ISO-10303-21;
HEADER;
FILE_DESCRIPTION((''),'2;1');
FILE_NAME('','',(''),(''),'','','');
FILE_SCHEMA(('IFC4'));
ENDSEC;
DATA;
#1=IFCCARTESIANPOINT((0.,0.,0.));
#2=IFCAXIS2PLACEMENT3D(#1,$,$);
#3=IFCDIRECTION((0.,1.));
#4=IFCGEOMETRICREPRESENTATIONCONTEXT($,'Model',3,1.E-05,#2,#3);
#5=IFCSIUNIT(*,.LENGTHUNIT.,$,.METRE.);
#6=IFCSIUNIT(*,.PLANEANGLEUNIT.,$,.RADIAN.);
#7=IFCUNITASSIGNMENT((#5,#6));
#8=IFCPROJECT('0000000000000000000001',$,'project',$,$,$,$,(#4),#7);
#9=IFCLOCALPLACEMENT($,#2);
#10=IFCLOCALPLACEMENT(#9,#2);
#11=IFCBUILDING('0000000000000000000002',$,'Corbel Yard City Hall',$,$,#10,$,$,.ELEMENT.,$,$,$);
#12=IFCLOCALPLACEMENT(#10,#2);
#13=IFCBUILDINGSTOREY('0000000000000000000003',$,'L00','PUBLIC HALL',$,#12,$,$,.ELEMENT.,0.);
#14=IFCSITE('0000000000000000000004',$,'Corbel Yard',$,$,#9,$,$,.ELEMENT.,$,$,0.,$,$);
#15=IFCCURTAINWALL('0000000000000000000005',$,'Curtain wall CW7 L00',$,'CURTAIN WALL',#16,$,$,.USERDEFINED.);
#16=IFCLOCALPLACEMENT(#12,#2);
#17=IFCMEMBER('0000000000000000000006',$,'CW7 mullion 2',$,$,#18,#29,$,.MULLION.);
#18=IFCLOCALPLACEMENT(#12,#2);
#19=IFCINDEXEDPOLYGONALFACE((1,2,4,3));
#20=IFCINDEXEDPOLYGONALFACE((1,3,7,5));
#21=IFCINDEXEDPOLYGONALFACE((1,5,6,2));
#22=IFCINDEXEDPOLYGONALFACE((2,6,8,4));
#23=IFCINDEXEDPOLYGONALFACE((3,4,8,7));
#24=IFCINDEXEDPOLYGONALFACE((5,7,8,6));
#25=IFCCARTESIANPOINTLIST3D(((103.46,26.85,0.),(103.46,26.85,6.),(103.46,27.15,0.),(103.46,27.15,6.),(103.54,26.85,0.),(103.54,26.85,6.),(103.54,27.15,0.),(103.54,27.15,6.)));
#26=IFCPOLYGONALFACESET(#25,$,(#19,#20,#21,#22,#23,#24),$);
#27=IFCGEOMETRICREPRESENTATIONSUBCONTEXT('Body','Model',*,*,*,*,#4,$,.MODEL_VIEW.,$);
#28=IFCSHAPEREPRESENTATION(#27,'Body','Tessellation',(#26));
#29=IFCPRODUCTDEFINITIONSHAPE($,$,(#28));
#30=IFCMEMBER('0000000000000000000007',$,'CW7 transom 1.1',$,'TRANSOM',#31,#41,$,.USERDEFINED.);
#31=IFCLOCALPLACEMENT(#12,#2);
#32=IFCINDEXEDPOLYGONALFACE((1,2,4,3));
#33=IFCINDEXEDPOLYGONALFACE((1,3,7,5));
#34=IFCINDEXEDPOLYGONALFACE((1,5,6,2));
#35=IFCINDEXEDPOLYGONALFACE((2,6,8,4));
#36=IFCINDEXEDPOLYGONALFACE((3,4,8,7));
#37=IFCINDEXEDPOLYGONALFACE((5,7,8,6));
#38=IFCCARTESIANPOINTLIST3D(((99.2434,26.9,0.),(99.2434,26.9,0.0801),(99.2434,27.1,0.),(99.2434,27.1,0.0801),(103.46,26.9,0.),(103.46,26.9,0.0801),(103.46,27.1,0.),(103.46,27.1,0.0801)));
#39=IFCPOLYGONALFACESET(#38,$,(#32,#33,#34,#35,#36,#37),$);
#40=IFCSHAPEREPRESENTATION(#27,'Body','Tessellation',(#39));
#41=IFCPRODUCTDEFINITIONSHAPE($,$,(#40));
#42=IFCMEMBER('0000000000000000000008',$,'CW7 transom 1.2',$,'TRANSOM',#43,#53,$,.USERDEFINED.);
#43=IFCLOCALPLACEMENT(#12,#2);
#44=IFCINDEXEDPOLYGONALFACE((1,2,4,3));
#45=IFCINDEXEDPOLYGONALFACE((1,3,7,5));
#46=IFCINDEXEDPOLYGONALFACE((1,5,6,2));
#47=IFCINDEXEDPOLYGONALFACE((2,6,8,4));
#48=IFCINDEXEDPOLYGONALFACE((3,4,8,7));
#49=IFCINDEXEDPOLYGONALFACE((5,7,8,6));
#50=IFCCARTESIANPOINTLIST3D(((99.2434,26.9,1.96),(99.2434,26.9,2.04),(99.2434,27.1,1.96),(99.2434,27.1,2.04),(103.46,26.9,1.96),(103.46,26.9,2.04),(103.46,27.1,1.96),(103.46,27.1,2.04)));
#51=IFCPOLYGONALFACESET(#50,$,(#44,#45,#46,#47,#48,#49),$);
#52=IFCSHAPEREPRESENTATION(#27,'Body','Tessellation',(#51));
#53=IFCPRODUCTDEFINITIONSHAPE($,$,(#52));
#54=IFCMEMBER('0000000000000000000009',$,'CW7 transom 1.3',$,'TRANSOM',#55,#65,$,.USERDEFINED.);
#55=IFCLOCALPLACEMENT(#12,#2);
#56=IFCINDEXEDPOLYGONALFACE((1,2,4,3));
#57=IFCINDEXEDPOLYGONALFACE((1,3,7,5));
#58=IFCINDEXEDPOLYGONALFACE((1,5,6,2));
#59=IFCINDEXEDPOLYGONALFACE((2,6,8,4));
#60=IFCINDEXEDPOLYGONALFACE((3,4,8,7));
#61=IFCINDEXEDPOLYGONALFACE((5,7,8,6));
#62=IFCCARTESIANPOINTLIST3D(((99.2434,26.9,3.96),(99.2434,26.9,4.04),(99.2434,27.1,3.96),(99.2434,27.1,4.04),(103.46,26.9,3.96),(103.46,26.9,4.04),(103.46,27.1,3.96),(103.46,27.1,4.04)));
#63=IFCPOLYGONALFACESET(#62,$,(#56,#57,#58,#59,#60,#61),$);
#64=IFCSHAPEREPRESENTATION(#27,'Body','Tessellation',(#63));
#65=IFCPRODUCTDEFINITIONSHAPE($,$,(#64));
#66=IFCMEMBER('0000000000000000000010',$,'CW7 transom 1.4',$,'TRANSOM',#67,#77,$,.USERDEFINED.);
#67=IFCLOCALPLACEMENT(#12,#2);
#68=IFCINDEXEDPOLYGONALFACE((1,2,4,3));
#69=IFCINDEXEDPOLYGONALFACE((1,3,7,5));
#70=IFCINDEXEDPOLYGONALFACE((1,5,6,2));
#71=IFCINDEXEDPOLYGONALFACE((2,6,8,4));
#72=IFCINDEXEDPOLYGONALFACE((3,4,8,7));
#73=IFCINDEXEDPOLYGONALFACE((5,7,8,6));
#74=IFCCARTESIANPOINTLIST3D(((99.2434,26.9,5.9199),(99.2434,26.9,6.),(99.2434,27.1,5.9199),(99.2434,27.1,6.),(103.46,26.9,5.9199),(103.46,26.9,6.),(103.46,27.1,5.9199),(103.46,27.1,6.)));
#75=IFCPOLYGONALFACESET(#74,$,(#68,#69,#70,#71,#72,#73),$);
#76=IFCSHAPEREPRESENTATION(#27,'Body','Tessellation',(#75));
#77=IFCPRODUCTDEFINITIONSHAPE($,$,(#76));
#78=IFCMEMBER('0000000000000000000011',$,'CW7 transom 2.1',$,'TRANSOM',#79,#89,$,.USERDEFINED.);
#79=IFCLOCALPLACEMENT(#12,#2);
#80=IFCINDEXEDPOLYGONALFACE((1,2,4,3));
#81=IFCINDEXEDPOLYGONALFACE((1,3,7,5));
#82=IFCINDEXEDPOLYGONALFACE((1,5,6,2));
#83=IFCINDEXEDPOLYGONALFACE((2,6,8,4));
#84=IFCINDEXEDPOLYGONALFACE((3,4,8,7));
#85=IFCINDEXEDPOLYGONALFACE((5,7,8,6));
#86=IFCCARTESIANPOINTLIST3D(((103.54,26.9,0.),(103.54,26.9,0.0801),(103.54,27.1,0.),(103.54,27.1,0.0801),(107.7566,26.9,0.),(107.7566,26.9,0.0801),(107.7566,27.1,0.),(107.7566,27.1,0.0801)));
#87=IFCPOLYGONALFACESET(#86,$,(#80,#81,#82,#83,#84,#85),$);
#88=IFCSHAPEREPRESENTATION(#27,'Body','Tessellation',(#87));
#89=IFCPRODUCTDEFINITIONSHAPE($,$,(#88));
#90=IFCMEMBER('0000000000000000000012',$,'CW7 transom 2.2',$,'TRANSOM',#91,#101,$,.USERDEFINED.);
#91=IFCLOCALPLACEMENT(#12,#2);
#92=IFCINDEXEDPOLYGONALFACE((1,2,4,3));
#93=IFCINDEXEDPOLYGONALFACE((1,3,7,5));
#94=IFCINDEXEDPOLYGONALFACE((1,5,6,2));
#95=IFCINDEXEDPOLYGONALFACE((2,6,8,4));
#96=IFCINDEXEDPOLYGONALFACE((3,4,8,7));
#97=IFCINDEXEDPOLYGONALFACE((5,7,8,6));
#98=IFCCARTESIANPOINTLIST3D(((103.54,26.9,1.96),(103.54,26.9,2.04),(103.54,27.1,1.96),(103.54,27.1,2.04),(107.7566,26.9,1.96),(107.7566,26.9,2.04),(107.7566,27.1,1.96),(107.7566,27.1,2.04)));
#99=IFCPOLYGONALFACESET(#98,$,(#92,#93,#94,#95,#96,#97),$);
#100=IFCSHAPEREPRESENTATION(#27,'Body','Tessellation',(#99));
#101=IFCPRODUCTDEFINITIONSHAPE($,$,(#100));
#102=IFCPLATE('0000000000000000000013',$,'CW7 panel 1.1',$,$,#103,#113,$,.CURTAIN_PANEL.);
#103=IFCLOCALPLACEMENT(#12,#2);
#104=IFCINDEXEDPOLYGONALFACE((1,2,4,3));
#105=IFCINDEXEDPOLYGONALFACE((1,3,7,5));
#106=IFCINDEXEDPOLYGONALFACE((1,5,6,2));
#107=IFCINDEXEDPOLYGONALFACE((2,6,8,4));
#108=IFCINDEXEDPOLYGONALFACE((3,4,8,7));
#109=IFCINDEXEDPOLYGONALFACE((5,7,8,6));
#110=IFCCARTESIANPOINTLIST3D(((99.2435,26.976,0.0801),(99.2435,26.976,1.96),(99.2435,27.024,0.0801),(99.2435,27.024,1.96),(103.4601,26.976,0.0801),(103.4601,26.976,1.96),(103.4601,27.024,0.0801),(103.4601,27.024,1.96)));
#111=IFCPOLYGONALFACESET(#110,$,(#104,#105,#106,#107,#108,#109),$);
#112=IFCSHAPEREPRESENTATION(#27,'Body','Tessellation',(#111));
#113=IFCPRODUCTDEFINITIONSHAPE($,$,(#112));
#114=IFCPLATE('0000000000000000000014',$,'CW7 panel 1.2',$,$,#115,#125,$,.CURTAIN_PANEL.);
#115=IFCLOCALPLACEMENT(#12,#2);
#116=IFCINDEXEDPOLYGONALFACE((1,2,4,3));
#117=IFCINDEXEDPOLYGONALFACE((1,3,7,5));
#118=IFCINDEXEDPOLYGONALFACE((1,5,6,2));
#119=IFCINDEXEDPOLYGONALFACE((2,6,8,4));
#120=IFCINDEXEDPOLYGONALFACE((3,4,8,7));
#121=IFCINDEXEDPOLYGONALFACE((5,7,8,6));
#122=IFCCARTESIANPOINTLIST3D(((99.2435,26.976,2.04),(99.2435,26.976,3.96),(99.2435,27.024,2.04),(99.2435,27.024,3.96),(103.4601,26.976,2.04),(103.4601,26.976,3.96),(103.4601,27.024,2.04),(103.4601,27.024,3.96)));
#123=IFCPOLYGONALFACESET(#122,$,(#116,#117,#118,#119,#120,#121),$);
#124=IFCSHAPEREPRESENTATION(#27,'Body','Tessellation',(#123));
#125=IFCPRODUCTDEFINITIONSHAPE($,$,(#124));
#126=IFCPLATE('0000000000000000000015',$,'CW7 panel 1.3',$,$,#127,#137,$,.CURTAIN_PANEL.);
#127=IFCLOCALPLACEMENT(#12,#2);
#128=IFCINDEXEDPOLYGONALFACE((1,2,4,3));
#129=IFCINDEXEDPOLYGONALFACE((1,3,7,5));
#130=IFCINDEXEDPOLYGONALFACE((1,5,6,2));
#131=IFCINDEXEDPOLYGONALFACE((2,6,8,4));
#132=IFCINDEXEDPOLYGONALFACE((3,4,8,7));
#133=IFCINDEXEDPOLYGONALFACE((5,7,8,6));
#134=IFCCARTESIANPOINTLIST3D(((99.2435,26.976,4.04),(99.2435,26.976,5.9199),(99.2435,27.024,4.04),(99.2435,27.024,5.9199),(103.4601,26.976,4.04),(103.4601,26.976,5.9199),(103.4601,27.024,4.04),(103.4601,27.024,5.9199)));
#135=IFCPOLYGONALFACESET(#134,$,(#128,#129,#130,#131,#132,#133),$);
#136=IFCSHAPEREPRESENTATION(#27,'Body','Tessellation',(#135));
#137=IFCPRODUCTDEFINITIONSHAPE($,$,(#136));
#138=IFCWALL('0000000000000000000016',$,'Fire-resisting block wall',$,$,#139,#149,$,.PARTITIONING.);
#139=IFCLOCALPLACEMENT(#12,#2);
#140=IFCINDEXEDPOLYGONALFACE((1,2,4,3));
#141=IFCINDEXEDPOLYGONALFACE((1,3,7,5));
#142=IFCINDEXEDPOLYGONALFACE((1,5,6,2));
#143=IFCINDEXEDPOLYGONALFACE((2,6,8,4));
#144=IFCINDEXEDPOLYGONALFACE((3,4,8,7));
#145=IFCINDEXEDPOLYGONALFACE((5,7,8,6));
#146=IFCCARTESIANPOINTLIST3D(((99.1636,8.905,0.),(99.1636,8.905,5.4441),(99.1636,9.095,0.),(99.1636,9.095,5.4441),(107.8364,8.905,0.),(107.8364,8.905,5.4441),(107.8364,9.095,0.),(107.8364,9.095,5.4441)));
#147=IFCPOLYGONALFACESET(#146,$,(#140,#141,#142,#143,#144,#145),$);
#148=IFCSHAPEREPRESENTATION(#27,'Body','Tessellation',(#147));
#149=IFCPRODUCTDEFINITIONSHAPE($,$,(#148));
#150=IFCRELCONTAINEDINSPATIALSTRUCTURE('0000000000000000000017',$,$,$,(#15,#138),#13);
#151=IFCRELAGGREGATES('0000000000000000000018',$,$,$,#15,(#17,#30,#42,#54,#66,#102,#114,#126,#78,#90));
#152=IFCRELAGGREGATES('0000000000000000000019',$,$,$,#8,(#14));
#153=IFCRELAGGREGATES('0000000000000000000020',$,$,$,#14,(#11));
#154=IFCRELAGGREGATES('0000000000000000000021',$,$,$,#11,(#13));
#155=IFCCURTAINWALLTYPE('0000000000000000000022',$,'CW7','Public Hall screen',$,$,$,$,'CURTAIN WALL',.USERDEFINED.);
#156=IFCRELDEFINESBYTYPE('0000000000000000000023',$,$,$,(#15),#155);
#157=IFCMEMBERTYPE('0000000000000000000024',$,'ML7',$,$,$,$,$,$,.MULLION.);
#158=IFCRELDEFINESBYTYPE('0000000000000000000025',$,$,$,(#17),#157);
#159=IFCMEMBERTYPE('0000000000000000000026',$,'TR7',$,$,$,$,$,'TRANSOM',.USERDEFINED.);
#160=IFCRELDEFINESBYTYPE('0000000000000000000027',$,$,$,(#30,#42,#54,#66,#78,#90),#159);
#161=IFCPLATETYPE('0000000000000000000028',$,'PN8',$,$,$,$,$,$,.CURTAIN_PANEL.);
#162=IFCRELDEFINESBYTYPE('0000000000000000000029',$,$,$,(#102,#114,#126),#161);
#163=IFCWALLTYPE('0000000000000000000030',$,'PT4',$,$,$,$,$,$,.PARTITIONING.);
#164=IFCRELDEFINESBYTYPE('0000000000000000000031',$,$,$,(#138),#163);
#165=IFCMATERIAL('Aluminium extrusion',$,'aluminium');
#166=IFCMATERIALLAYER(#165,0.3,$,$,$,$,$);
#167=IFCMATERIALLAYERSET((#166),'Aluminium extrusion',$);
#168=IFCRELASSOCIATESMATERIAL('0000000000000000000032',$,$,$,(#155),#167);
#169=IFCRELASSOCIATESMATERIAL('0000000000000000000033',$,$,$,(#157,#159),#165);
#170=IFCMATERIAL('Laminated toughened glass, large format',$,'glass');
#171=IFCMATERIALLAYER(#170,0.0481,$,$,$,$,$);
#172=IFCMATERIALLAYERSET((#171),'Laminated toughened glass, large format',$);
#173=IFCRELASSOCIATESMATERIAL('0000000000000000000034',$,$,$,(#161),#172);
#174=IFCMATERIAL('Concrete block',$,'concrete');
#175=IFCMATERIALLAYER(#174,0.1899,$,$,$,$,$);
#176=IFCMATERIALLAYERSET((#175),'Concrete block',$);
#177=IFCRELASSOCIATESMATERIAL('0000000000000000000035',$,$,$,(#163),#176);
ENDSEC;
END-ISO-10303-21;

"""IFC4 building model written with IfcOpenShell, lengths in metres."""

from ifc_helpers import new_model, si_unit, direction, frame, frame_2d, origin, origin_2d, place, context, subcontext, project, spatial, rectangle, extrude, material, layer, layer_set, material_profile, profile_set, type_object, element, aggregate, save


model = new_model("IFC4")

# Units and contexts
model_context = context("Model", 3, precision=1e-05, world=origin(), true_north=direction((0.0, 1.0)))
body_context = subcontext(model_context, "Body", "Model", "MODEL_VIEW")
ifc_project = project(units=[si_unit("LENGTHUNIT", "METRE"), si_unit("PLANEANGLEUNIT", "RADIAN")], contexts=[model_context])

# Site, building, storey
site_placement = place(None, origin())
site = spatial("IfcSite", under=ifc_project, at=site_placement, Name="Corbel Yard", CompositionType="ELEMENT", RefElevation=0.0)
building_placement = place(site_placement, origin())
building = spatial("IfcBuilding", under=site, at=building_placement, Name="Corbel Yard City Hall", CompositionType="ELEMENT")
storey_placement = place(building_placement, origin())
storey = spatial("IfcBuildingStorey", under=building, at=storey_placement, Name="L00", Description="PUBLIC HALL", CompositionType="ELEMENT", Elevation=0.0)

# Curtain wall, members, plates
ifc_material_1 = material(Name="Aluminium extrusion", Category="aluminium")
ifc_layer_1 = layer(ifc_material_1, 0.3)
ifc_layer_set_1 = layer_set([ifc_layer_1], Name="Aluminium extrusion")
curtain_wall_type = type_object("IfcCurtainWallType", Name="CW7", Description="Public Hall screen", ElementType="CURTAIN WALL", PredefinedType="USERDEFINED", material=ifc_layer_set_1)
curtain_wall_placement = place(storey_placement, origin())
curtain_wall = element("IfcCurtainWall", 1, at=curtain_wall_placement, inside=storey, type_object=curtain_wall_type, Name="Curtain wall CW7 L00", ObjectType="CURTAIN WALL", PredefinedType="USERDEFINED")
ifc_material_profile_1 = material_profile(ifc_material_1, rectangle(XDim=0.3, YDim=0.0801, at=origin_2d()), Name="300x80")
ifc_profile_set_1 = profile_set([ifc_material_profile_1], Name="Aluminium extrusion")
member_type_1 = type_object("IfcMemberType", Name="ML7", PredefinedType="MULLION", material=ifc_profile_set_1)
member_1_placement = place(storey_placement, frame((103.5, 27.0, 0.0), z_axis=(0.0, 0.0, 1.0), x_axis=(0.0, 1.0, 0.0)))
member_1 = element("IfcMember", 2, at=member_1_placement, type_object=member_type_1, Name="CW7 mullion 2", PredefinedType="MULLION", context=body_context, shape_type="SweptSolid", body=[
    extrude(rectangle(XDim=0.3, YDim=0.0801, at=origin_2d()), origin(), (0.0, 0.0, 1.0), 6.0),
])
ifc_material_profile_2 = material_profile(ifc_material_1, rectangle(XDim=0.2, YDim=0.0801, at=origin_2d()), Name="200x80")
ifc_profile_set_2 = profile_set([ifc_material_profile_2], Name="Aluminium extrusion")
member_type_2 = type_object("IfcMemberType", Name="TR7", ElementType="TRANSOM", PredefinedType="USERDEFINED", material=ifc_profile_set_2)
member_2_placement = place(storey_placement, frame((99.2434, 27.0, 0.04), z_axis=(1.0, 0.0, 0.0), x_axis=(0.0, 1.0, 0.0)))
member_2 = element("IfcMember", 3, at=member_2_placement, type_object=member_type_2, Name="CW7 transom 1.1", ObjectType="TRANSOM", PredefinedType="USERDEFINED", context=body_context, shape_type="SweptSolid", body=[
    extrude(rectangle(XDim=0.2, YDim=0.0801, at=origin_2d()), origin(), (0.0, 0.0, 1.0), 4.2166),
])
member_3_placement = place(storey_placement, frame((99.2434, 27.0, 2.0), z_axis=(1.0, 0.0, 0.0), x_axis=(0.0, 1.0, 0.0)))
member_3 = element("IfcMember", 4, at=member_3_placement, type_object=member_type_2, Name="CW7 transom 1.2", ObjectType="TRANSOM", PredefinedType="USERDEFINED", context=body_context, shape_type="SweptSolid", body=[
    extrude(rectangle(XDim=0.2, YDim=0.0801, at=origin_2d()), origin(), (0.0, 0.0, 1.0), 4.2166),
])
member_4_placement = place(storey_placement, frame((99.2434, 27.0, 4.0), z_axis=(1.0, 0.0, 0.0), x_axis=(0.0, 1.0, 0.0)))
member_4 = element("IfcMember", 5, at=member_4_placement, type_object=member_type_2, Name="CW7 transom 1.3", ObjectType="TRANSOM", PredefinedType="USERDEFINED", context=body_context, shape_type="SweptSolid", body=[
    extrude(rectangle(XDim=0.2, YDim=0.0801, at=origin_2d()), origin(), (0.0, 0.0, 1.0), 4.2166),
])
member_5_placement = place(storey_placement, frame((99.2434, 27.0, 5.96), z_axis=(1.0, 0.0, 0.0), x_axis=(0.0, 1.0, 0.0)))
member_5 = element("IfcMember", 6, at=member_5_placement, type_object=member_type_2, Name="CW7 transom 1.4", ObjectType="TRANSOM", PredefinedType="USERDEFINED", context=body_context, shape_type="SweptSolid", body=[
    extrude(rectangle(XDim=0.2, YDim=0.0801, at=origin_2d()), origin(), (0.0, 0.0, 1.0), 4.2166),
])
member_6_placement = place(storey_placement, frame((103.54, 27.0, 0.04), z_axis=(1.0, 0.0, 0.0), x_axis=(0.0, 1.0, 0.0)))
member_6 = element("IfcMember", 7, at=member_6_placement, type_object=member_type_2, Name="CW7 transom 2.1", ObjectType="TRANSOM", PredefinedType="USERDEFINED", context=body_context, shape_type="SweptSolid", body=[
    extrude(rectangle(XDim=0.2, YDim=0.0801, at=origin_2d()), origin(), (0.0, 0.0, 1.0), 4.2166),
])
member_7_placement = place(storey_placement, frame((103.54, 27.0, 2.0), z_axis=(1.0, 0.0, 0.0), x_axis=(0.0, 1.0, 0.0)))
member_7 = element("IfcMember", 8, at=member_7_placement, type_object=member_type_2, Name="CW7 transom 2.2", ObjectType="TRANSOM", PredefinedType="USERDEFINED", context=body_context, shape_type="SweptSolid", body=[
    extrude(rectangle(XDim=0.2, YDim=0.0801, at=origin_2d()), origin(), (0.0, 0.0, 1.0), 4.2166),
])
ifc_material_2 = material(Name="Laminated toughened glass, large format", Category="glass")
ifc_layer_2 = layer(ifc_material_2, 0.0481)
ifc_layer_set_2 = layer_set([ifc_layer_2], Name="Laminated toughened glass, large format")
plate_type = type_object("IfcPlateType", Name="PN8", PredefinedType="CURTAIN_PANEL", material=ifc_layer_set_2)
plate_1_placement = place(storey_placement, frame((101.3518, 27.0, 0.0801), z_axis=(0.0, 0.0, 1.0), x_axis=(1.0, 0.0, 0.0)))
plate_1 = element("IfcPlate", 9, at=plate_1_placement, type_object=plate_type, Name="CW7 panel 1.1", PredefinedType="CURTAIN_PANEL", context=body_context, shape_type="SweptSolid", body=[
    extrude(rectangle(XDim=4.2166, YDim=0.0481, at=origin_2d()), origin(), (0.0, 0.0, 1.0), 1.8799),
])
plate_2_placement = place(storey_placement, frame((101.3518, 27.0, 2.04), z_axis=(0.0, 0.0, 1.0), x_axis=(1.0, 0.0, 0.0)))
plate_2 = element("IfcPlate", 10, at=plate_2_placement, type_object=plate_type, Name="CW7 panel 1.2", PredefinedType="CURTAIN_PANEL", context=body_context, shape_type="SweptSolid", body=[
    extrude(rectangle(XDim=4.2166, YDim=0.0481, at=origin_2d()), origin(), (0.0, 0.0, 1.0), 1.9199),
])
plate_3_placement = place(storey_placement, frame((101.3518, 27.0, 4.04), z_axis=(0.0, 0.0, 1.0), x_axis=(1.0, 0.0, 0.0)))
plate_3 = element("IfcPlate", 11, at=plate_3_placement, type_object=plate_type, Name="CW7 panel 1.3", PredefinedType="CURTAIN_PANEL", context=body_context, shape_type="SweptSolid", body=[
    extrude(rectangle(XDim=4.2166, YDim=0.0481, at=origin_2d()), origin(), (0.0, 0.0, 1.0), 1.8799),
])
aggregate(curtain_wall, [member_1, member_2, member_3, member_4, member_5, plate_1, plate_2, plate_3, member_6, member_7])

# Wall
ifc_material_3 = material(Name="Concrete block", Category="concrete")
ifc_layer_3 = layer(ifc_material_3, 0.1899)
ifc_layer_set_3 = layer_set([ifc_layer_3], Name="Concrete block")
wall_type = type_object("IfcWallType", Name="PT4", PredefinedType="PARTITIONING", material=ifc_layer_set_3)
wall_placement = place(storey_placement, frame((99.1636, 9.0, 0.0), z_axis=(0.0, 0.0, 1.0), x_axis=(1.0, 0.0, 0.0)))
element("IfcWall", 12, at=wall_placement, inside=storey, type_object=wall_type, Name="Fire-resisting block wall", PredefinedType="PARTITIONING", context=body_context, shape_type="SweptSolid", body=[
    extrude(rectangle(XDim=8.6729, YDim=0.1899, at=frame_2d((4.3364, 0.0))), origin(), (0.0, 0.0, 1.0), 5.4441),
])

save(model, "model.ifc")
